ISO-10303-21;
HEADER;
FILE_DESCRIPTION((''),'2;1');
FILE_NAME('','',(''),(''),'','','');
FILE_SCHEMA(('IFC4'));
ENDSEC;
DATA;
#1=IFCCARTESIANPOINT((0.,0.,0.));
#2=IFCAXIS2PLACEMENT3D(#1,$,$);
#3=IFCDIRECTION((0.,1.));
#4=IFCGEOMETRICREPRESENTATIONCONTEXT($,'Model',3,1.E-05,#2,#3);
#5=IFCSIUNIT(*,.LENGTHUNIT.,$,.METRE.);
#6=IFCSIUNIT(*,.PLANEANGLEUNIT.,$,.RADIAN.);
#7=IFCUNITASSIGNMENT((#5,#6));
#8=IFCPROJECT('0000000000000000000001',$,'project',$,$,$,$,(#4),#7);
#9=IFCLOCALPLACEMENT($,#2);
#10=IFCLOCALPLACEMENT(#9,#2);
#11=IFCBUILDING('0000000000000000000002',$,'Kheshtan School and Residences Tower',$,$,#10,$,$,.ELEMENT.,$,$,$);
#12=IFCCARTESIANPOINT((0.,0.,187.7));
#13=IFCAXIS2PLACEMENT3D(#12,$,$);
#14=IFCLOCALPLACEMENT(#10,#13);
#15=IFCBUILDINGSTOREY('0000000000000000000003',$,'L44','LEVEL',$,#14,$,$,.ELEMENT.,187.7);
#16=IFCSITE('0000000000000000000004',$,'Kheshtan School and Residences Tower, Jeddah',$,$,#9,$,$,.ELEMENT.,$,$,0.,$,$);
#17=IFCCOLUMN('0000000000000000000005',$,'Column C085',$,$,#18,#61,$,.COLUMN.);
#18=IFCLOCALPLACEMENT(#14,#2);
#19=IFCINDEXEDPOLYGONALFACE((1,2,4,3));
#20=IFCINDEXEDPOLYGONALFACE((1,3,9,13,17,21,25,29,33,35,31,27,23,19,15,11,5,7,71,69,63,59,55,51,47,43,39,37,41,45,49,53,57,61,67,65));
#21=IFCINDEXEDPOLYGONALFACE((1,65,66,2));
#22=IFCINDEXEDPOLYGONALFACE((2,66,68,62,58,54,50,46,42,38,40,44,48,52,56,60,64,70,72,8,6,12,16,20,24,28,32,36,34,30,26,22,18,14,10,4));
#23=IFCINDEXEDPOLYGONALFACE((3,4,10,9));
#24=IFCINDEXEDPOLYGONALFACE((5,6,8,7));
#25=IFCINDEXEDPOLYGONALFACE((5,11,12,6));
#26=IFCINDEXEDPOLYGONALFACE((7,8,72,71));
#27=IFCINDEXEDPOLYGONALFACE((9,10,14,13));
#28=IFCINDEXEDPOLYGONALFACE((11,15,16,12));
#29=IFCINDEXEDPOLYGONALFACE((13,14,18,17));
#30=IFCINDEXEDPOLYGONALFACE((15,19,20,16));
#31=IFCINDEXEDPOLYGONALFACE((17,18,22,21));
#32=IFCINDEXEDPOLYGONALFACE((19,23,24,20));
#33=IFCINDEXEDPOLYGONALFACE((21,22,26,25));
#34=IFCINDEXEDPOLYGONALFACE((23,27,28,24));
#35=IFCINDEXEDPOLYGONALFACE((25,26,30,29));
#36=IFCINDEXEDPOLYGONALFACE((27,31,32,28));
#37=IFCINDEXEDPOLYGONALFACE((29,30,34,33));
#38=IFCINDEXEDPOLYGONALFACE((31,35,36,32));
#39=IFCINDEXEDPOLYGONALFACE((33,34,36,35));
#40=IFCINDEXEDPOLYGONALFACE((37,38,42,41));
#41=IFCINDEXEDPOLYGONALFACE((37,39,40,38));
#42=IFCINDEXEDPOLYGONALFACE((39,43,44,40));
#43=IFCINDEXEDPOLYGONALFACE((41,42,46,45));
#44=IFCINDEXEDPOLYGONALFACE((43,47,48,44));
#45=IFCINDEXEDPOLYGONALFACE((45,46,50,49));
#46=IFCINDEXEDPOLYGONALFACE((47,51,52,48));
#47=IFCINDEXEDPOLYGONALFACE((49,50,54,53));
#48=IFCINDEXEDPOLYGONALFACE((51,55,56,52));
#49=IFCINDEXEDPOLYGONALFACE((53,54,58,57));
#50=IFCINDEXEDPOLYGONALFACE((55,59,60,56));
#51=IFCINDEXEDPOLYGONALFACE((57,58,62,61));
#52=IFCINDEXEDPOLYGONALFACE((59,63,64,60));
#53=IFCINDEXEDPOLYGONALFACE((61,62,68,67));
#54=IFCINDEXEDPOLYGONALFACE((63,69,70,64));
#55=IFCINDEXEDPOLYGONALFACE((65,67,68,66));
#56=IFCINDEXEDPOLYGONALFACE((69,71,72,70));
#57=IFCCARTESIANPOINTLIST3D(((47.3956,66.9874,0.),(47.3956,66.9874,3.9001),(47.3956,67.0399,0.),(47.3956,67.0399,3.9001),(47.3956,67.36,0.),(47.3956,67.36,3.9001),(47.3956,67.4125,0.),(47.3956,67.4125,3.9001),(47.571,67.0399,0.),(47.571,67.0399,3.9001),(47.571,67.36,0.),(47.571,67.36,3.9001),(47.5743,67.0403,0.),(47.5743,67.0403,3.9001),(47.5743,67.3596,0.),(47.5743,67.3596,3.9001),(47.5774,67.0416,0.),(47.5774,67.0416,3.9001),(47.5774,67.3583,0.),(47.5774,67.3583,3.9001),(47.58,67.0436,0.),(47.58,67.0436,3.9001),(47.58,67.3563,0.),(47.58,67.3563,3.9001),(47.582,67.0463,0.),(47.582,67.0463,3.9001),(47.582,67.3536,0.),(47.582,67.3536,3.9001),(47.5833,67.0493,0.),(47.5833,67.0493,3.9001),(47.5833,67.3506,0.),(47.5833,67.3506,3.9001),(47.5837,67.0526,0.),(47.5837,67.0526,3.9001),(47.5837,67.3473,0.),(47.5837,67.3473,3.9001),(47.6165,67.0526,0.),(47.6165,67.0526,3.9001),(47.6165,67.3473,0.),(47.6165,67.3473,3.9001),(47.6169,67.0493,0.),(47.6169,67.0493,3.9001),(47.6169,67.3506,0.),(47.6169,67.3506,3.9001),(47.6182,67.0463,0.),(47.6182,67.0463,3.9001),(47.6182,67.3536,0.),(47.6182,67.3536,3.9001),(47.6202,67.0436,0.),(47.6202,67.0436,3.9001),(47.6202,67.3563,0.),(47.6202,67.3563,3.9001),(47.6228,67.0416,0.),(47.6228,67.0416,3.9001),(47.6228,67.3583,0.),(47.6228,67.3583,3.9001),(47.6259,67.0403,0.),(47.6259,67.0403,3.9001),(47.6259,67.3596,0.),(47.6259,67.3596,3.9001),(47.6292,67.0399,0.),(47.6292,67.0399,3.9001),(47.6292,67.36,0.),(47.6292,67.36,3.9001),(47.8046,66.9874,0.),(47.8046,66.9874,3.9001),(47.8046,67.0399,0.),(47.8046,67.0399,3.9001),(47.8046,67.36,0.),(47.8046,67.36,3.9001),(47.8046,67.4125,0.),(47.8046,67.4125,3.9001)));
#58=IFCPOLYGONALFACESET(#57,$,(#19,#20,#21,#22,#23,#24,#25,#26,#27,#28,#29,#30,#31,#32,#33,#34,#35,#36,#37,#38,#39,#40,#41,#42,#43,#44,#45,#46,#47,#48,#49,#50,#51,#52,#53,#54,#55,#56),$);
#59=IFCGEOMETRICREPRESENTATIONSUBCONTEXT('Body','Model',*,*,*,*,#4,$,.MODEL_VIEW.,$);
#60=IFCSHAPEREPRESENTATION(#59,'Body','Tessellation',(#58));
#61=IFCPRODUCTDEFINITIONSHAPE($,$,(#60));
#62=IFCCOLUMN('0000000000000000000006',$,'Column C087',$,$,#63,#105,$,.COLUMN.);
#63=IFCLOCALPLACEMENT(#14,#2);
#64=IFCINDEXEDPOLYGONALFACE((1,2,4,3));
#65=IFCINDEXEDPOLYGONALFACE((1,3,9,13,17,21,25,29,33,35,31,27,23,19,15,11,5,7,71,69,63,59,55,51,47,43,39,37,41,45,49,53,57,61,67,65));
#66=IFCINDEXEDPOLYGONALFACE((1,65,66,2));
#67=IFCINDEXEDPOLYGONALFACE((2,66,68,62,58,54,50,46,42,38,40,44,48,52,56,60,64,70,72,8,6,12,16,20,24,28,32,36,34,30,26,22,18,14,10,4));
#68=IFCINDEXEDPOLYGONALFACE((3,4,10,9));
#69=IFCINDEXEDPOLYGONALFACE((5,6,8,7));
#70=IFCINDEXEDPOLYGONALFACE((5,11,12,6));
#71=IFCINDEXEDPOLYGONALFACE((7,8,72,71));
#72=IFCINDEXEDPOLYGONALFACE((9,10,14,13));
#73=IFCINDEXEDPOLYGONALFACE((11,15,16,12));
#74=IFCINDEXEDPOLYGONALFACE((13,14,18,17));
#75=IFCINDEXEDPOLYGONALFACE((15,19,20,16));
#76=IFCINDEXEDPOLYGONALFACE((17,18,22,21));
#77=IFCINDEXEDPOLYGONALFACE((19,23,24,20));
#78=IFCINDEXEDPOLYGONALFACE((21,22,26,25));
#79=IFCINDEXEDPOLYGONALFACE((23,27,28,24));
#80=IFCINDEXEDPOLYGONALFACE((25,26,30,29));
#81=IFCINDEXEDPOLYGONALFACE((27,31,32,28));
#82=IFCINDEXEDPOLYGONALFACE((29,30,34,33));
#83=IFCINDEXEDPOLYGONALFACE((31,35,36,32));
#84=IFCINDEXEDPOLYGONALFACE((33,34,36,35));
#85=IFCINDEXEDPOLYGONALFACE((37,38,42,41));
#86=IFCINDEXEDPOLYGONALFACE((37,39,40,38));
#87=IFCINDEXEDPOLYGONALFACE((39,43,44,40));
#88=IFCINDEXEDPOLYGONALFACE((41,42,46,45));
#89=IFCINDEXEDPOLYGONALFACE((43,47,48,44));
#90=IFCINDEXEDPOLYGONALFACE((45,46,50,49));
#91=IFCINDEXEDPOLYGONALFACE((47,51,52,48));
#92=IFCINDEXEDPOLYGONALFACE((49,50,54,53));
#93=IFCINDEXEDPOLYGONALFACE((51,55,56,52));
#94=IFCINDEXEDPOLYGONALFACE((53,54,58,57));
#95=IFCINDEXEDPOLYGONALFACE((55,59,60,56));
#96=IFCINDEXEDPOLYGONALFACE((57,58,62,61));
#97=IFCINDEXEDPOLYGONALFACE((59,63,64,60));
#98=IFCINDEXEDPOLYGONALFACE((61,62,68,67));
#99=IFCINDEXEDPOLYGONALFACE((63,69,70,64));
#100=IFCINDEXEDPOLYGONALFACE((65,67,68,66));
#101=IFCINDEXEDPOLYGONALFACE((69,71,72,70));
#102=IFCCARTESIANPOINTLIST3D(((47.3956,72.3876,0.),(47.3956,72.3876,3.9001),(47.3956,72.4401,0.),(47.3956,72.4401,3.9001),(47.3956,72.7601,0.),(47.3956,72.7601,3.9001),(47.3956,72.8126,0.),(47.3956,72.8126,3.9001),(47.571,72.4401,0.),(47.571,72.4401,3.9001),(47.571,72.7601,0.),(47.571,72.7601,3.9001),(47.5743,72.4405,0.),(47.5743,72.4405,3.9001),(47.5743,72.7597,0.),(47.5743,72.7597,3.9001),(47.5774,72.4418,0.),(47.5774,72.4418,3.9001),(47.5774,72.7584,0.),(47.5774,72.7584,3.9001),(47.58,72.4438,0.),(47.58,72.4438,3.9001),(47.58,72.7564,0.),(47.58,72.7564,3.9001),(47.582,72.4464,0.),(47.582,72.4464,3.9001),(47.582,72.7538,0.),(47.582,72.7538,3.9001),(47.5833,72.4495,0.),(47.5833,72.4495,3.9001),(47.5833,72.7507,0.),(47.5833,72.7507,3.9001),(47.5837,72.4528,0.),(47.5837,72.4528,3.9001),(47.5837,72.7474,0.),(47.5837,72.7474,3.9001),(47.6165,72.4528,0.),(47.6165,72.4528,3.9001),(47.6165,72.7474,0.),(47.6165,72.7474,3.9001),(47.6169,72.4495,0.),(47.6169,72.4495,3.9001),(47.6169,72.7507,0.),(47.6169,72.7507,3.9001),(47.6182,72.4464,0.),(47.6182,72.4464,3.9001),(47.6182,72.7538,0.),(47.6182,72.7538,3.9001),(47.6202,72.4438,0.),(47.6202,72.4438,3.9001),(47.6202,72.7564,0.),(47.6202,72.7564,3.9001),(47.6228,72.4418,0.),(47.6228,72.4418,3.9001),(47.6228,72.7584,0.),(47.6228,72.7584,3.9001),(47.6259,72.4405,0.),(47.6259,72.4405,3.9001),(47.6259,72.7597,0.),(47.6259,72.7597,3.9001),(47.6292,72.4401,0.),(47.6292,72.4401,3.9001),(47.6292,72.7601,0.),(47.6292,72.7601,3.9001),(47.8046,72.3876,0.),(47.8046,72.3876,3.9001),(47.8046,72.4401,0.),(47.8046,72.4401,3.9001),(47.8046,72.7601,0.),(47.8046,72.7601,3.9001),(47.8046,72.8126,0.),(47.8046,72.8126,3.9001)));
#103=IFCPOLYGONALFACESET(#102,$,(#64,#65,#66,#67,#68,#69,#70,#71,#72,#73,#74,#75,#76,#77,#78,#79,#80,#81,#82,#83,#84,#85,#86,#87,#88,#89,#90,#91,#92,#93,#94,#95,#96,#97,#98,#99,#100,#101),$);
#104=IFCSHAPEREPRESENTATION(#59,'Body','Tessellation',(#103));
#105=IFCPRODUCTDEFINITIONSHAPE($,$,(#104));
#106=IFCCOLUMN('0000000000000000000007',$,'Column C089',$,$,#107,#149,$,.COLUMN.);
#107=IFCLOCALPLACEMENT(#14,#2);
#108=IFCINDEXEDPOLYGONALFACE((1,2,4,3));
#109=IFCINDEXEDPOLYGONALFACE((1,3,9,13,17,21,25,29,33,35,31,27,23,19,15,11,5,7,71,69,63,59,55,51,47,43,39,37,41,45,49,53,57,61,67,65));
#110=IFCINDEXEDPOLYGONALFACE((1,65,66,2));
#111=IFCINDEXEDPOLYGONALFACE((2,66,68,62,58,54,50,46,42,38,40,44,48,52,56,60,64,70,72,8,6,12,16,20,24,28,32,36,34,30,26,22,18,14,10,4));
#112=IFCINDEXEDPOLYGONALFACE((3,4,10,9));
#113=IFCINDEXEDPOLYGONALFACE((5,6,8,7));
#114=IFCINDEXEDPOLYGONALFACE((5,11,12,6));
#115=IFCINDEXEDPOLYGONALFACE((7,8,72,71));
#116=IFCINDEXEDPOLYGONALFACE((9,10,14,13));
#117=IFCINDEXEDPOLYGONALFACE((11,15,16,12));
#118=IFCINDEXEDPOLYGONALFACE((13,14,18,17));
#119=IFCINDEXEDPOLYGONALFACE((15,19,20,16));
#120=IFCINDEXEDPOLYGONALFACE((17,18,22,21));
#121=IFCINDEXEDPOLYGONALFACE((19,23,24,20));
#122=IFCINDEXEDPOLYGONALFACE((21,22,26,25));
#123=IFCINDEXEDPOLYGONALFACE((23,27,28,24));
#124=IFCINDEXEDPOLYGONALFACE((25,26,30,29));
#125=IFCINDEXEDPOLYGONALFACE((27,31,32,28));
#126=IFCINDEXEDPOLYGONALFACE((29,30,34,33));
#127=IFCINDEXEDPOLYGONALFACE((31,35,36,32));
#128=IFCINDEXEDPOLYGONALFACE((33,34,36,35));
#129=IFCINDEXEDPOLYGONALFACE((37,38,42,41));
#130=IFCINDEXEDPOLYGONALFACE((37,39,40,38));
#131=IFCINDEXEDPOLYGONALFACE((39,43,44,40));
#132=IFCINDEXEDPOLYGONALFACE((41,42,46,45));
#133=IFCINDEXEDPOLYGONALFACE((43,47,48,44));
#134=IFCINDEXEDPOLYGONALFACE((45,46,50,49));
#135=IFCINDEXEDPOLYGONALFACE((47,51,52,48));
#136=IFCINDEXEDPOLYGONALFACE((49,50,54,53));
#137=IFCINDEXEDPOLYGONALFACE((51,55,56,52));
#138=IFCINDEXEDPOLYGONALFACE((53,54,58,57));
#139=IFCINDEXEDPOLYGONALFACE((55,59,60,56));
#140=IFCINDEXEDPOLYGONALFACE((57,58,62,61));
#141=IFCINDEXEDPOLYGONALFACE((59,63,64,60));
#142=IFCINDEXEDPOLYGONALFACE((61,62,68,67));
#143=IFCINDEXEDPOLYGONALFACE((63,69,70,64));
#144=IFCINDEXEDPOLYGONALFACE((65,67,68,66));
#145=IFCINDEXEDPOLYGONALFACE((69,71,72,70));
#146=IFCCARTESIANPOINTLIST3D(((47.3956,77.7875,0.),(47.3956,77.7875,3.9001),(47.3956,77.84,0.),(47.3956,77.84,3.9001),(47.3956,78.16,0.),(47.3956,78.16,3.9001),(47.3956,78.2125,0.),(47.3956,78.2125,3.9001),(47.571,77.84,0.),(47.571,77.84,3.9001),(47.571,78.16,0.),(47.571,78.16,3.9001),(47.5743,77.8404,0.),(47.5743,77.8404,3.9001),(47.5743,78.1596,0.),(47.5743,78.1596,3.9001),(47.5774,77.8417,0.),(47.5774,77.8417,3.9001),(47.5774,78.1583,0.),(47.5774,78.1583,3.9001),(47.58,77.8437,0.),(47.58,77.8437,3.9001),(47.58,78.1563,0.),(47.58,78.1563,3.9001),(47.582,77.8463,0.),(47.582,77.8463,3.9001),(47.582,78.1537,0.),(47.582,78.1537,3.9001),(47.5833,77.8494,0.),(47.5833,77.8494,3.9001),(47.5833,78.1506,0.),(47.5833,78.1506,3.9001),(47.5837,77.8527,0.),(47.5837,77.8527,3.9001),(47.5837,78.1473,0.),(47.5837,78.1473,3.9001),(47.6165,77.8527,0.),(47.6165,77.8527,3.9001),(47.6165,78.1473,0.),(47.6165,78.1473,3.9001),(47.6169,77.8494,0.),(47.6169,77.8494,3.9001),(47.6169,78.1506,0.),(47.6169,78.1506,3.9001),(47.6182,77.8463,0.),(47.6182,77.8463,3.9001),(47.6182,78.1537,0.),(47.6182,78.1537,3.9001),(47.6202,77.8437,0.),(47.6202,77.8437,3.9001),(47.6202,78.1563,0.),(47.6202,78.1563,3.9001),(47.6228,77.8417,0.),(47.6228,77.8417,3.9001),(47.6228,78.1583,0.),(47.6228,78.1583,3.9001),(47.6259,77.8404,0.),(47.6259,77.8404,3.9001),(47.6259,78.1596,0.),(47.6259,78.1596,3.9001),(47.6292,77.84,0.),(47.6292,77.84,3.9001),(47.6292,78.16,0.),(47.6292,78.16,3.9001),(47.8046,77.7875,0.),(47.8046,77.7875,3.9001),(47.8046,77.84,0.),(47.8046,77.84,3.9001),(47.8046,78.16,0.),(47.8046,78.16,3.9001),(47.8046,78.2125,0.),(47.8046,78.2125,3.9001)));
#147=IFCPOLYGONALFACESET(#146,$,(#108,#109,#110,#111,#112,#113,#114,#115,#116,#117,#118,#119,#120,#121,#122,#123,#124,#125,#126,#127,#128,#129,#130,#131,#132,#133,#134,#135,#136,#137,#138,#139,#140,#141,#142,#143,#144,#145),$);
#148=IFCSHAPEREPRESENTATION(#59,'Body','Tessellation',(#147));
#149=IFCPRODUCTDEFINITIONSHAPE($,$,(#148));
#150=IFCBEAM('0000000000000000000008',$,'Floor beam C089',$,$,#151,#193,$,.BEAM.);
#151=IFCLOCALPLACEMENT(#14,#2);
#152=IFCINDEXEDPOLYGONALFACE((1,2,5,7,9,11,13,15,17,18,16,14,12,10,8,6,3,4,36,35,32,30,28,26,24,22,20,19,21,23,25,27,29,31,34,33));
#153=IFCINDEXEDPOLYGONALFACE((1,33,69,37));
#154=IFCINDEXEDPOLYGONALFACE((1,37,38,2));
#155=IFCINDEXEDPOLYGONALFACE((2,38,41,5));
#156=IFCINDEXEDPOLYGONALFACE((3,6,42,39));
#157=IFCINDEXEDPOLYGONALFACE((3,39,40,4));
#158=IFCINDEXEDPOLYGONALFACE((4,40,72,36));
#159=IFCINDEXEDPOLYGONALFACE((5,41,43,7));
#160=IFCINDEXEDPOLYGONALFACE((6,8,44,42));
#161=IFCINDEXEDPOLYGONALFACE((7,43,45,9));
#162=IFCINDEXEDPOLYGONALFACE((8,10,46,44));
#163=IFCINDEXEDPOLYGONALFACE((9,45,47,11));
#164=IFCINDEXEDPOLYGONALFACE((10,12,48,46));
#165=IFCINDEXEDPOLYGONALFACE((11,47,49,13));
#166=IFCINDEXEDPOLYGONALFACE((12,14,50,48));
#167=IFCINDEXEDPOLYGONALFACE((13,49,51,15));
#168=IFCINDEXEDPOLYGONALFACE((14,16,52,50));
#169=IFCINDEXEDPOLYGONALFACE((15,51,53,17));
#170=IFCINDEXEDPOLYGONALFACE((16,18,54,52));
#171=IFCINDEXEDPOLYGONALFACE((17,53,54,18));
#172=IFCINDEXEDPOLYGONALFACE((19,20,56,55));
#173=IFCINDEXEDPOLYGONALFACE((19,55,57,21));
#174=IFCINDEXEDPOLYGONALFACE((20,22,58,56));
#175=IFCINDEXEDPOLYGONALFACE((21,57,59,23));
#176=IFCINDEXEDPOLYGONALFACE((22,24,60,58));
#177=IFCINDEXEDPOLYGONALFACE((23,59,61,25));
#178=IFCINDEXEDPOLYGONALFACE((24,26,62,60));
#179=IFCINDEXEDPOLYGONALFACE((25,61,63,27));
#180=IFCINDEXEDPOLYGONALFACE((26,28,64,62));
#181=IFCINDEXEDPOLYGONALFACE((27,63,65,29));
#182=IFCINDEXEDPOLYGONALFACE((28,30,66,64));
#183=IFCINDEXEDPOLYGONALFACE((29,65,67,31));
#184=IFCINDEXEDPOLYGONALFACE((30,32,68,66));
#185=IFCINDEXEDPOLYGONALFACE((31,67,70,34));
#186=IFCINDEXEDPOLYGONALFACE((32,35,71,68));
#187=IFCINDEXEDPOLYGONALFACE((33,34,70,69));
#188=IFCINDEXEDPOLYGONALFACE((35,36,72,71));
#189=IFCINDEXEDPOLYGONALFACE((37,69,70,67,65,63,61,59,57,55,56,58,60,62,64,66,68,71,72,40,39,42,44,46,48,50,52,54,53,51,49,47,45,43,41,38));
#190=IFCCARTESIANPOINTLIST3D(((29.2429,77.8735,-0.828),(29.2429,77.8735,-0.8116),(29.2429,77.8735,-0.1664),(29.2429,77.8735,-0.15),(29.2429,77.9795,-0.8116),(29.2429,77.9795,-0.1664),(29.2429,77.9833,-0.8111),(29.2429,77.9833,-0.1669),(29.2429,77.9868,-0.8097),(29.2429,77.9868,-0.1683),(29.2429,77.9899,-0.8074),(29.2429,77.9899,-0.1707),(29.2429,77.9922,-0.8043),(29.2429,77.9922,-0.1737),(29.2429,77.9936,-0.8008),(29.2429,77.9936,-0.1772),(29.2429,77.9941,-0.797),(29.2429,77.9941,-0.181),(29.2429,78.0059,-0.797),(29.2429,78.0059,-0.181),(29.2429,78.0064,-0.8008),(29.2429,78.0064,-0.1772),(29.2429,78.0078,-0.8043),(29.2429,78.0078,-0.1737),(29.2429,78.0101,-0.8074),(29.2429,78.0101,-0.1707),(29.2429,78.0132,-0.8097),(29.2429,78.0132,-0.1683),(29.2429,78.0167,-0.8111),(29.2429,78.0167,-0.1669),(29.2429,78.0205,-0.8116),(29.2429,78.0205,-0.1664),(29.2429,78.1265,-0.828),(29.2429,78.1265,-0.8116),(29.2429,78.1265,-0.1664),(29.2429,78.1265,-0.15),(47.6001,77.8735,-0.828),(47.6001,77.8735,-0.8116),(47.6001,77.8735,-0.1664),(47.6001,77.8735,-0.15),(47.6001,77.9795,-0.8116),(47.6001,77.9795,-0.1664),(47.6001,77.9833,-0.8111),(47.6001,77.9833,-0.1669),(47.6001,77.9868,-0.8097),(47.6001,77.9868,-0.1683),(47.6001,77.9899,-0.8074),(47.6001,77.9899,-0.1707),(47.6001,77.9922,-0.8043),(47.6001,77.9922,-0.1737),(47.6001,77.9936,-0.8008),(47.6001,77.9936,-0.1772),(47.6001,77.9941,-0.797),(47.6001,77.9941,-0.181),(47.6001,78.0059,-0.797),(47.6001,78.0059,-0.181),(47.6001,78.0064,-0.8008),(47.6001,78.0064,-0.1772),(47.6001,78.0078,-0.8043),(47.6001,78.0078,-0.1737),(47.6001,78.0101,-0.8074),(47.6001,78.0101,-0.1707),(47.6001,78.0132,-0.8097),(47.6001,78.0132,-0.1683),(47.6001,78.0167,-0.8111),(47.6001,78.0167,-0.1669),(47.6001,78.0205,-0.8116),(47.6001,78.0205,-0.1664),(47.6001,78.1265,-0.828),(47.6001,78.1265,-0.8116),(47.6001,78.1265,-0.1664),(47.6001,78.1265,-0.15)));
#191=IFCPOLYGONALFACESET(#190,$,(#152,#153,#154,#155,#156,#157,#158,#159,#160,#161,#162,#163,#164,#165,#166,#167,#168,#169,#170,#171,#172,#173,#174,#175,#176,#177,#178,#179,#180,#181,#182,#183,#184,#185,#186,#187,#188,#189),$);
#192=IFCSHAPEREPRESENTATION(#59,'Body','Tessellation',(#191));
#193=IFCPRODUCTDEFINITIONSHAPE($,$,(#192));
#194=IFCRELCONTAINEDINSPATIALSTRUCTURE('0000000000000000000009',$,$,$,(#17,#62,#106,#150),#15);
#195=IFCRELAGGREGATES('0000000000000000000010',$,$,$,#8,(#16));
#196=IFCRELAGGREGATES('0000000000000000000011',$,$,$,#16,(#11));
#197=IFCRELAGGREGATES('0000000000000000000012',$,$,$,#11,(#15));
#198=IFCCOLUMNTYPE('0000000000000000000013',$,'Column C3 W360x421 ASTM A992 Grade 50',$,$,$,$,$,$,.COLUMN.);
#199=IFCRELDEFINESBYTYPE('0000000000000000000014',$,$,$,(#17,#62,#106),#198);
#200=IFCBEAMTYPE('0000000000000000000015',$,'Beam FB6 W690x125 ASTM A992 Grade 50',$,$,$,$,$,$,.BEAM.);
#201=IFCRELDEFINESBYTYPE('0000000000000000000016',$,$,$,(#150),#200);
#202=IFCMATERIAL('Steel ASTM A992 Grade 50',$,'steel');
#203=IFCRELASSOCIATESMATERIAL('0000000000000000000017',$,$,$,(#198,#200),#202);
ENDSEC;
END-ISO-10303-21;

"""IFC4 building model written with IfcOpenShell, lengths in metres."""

from ifc_helpers import new_model, si_unit, direction, frame, origin, origin_2d, place, context, subcontext, project, spatial, i_section, extrude, material, material_profile, profile_set, type_object, element, save


model = new_model("IFC4")

# Units and contexts
model_context = context("Model", 3, precision=1e-05, world=origin(), true_north=direction((0.0, 1.0)))
body_context = subcontext(model_context, "Body", "Model", "MODEL_VIEW")
ifc_project = project(units=[si_unit("LENGTHUNIT", "METRE"), si_unit("PLANEANGLEUNIT", "RADIAN")], contexts=[model_context])

# Site, building, storey
site_placement = place(None, origin())
site = spatial("IfcSite", under=ifc_project, at=site_placement, Name="Kheshtan School and Residences Tower, Jeddah", CompositionType="ELEMENT", RefElevation=0.0)
building_placement = place(site_placement, origin())
building = spatial("IfcBuilding", under=site, at=building_placement, Name="Kheshtan School and Residences Tower", CompositionType="ELEMENT")
storey_placement = place(building_placement, frame((0.0, 0.0, 187.7)))
storey = spatial("IfcBuildingStorey", under=building, at=storey_placement, Name="L44", Description="LEVEL", CompositionType="ELEMENT", Elevation=187.7)

# Columns
ifc_material_1 = material(Name="Steel ASTM A992 Grade 50", Category="steel")
ifc_material_profile_1 = material_profile(ifc_material_1, i_section(OverallWidth=0.4089, OverallDepth=0.425, WebThickness=0.0327, FlangeThickness=0.0525, FilletRadius=0.0127, at=origin_2d()), Name="W360x421")
ifc_profile_set_1 = profile_set([ifc_material_profile_1], Name="Steel ASTM A992 Grade 50")
column_type = type_object("IfcColumnType", Name="Column C3 W360x421 ASTM A992 Grade 50", PredefinedType="COLUMN", material=ifc_profile_set_1)
for number, where, z_axis, x_axis, name in (
    (1, (47.6001, 67.2, 0.0), (0.0, 0.0, 1.0), (1.0, 0.0, 0.0), "Column C085"),
    (2, (47.6001, 72.6001, 0.0), (0.0, 0.0, 1.0), (1.0, 0.0, 0.0), "Column C087"),
    (3, (47.6001, 78.0, 0.0), (0.0, 0.0, 1.0), (1.0, 0.0, 0.0), "Column C089"),
):
    element("IfcColumn", number, at=place(storey_placement, frame(where, z_axis=z_axis, x_axis=x_axis)), inside=storey, type_object=column_type, Name=name, PredefinedType="COLUMN", context=body_context, shape_type="SweptSolid", body=[
        extrude(i_section(OverallWidth=0.4089, OverallDepth=0.425, WebThickness=0.0327, FlangeThickness=0.0525, FilletRadius=0.0127, at=origin_2d()), origin(), (0.0, 0.0, 1.0), 3.9001),
    ])

# Beam
ifc_material_profile_2 = material_profile(ifc_material_1, i_section(OverallWidth=0.2529, OverallDepth=0.678, WebThickness=0.0117, FlangeThickness=0.0164, FilletRadius=0.0146, at=origin_2d()), Name="W690x125")
ifc_profile_set_2 = profile_set([ifc_material_profile_2], Name="Steel ASTM A992 Grade 50")
beam_type_1 = type_object("IfcBeamType", Name="Beam FB6 W690x125 ASTM A992 Grade 50", PredefinedType="BEAM", material=ifc_profile_set_2)
beam_1_placement = place(storey_placement, frame((47.6001, 78.0, -0.489), z_axis=(-1.0, 0.0, 0.0), x_axis=(0.0, -1.0, 0.0)))
element("IfcBeam", 4, at=beam_1_placement, inside=storey, type_object=beam_type_1, Name="Floor beam C089", PredefinedType="BEAM", context=body_context, shape_type="SweptSolid", body=[
    extrude(i_section(OverallWidth=0.2529, OverallDepth=0.678, WebThickness=0.0117, FlangeThickness=0.0164, FilletRadius=0.0146, at=origin_2d()), origin(), (0.0, 0.0, 1.0), 18.3572),
])

save(model, "model.ifc")
